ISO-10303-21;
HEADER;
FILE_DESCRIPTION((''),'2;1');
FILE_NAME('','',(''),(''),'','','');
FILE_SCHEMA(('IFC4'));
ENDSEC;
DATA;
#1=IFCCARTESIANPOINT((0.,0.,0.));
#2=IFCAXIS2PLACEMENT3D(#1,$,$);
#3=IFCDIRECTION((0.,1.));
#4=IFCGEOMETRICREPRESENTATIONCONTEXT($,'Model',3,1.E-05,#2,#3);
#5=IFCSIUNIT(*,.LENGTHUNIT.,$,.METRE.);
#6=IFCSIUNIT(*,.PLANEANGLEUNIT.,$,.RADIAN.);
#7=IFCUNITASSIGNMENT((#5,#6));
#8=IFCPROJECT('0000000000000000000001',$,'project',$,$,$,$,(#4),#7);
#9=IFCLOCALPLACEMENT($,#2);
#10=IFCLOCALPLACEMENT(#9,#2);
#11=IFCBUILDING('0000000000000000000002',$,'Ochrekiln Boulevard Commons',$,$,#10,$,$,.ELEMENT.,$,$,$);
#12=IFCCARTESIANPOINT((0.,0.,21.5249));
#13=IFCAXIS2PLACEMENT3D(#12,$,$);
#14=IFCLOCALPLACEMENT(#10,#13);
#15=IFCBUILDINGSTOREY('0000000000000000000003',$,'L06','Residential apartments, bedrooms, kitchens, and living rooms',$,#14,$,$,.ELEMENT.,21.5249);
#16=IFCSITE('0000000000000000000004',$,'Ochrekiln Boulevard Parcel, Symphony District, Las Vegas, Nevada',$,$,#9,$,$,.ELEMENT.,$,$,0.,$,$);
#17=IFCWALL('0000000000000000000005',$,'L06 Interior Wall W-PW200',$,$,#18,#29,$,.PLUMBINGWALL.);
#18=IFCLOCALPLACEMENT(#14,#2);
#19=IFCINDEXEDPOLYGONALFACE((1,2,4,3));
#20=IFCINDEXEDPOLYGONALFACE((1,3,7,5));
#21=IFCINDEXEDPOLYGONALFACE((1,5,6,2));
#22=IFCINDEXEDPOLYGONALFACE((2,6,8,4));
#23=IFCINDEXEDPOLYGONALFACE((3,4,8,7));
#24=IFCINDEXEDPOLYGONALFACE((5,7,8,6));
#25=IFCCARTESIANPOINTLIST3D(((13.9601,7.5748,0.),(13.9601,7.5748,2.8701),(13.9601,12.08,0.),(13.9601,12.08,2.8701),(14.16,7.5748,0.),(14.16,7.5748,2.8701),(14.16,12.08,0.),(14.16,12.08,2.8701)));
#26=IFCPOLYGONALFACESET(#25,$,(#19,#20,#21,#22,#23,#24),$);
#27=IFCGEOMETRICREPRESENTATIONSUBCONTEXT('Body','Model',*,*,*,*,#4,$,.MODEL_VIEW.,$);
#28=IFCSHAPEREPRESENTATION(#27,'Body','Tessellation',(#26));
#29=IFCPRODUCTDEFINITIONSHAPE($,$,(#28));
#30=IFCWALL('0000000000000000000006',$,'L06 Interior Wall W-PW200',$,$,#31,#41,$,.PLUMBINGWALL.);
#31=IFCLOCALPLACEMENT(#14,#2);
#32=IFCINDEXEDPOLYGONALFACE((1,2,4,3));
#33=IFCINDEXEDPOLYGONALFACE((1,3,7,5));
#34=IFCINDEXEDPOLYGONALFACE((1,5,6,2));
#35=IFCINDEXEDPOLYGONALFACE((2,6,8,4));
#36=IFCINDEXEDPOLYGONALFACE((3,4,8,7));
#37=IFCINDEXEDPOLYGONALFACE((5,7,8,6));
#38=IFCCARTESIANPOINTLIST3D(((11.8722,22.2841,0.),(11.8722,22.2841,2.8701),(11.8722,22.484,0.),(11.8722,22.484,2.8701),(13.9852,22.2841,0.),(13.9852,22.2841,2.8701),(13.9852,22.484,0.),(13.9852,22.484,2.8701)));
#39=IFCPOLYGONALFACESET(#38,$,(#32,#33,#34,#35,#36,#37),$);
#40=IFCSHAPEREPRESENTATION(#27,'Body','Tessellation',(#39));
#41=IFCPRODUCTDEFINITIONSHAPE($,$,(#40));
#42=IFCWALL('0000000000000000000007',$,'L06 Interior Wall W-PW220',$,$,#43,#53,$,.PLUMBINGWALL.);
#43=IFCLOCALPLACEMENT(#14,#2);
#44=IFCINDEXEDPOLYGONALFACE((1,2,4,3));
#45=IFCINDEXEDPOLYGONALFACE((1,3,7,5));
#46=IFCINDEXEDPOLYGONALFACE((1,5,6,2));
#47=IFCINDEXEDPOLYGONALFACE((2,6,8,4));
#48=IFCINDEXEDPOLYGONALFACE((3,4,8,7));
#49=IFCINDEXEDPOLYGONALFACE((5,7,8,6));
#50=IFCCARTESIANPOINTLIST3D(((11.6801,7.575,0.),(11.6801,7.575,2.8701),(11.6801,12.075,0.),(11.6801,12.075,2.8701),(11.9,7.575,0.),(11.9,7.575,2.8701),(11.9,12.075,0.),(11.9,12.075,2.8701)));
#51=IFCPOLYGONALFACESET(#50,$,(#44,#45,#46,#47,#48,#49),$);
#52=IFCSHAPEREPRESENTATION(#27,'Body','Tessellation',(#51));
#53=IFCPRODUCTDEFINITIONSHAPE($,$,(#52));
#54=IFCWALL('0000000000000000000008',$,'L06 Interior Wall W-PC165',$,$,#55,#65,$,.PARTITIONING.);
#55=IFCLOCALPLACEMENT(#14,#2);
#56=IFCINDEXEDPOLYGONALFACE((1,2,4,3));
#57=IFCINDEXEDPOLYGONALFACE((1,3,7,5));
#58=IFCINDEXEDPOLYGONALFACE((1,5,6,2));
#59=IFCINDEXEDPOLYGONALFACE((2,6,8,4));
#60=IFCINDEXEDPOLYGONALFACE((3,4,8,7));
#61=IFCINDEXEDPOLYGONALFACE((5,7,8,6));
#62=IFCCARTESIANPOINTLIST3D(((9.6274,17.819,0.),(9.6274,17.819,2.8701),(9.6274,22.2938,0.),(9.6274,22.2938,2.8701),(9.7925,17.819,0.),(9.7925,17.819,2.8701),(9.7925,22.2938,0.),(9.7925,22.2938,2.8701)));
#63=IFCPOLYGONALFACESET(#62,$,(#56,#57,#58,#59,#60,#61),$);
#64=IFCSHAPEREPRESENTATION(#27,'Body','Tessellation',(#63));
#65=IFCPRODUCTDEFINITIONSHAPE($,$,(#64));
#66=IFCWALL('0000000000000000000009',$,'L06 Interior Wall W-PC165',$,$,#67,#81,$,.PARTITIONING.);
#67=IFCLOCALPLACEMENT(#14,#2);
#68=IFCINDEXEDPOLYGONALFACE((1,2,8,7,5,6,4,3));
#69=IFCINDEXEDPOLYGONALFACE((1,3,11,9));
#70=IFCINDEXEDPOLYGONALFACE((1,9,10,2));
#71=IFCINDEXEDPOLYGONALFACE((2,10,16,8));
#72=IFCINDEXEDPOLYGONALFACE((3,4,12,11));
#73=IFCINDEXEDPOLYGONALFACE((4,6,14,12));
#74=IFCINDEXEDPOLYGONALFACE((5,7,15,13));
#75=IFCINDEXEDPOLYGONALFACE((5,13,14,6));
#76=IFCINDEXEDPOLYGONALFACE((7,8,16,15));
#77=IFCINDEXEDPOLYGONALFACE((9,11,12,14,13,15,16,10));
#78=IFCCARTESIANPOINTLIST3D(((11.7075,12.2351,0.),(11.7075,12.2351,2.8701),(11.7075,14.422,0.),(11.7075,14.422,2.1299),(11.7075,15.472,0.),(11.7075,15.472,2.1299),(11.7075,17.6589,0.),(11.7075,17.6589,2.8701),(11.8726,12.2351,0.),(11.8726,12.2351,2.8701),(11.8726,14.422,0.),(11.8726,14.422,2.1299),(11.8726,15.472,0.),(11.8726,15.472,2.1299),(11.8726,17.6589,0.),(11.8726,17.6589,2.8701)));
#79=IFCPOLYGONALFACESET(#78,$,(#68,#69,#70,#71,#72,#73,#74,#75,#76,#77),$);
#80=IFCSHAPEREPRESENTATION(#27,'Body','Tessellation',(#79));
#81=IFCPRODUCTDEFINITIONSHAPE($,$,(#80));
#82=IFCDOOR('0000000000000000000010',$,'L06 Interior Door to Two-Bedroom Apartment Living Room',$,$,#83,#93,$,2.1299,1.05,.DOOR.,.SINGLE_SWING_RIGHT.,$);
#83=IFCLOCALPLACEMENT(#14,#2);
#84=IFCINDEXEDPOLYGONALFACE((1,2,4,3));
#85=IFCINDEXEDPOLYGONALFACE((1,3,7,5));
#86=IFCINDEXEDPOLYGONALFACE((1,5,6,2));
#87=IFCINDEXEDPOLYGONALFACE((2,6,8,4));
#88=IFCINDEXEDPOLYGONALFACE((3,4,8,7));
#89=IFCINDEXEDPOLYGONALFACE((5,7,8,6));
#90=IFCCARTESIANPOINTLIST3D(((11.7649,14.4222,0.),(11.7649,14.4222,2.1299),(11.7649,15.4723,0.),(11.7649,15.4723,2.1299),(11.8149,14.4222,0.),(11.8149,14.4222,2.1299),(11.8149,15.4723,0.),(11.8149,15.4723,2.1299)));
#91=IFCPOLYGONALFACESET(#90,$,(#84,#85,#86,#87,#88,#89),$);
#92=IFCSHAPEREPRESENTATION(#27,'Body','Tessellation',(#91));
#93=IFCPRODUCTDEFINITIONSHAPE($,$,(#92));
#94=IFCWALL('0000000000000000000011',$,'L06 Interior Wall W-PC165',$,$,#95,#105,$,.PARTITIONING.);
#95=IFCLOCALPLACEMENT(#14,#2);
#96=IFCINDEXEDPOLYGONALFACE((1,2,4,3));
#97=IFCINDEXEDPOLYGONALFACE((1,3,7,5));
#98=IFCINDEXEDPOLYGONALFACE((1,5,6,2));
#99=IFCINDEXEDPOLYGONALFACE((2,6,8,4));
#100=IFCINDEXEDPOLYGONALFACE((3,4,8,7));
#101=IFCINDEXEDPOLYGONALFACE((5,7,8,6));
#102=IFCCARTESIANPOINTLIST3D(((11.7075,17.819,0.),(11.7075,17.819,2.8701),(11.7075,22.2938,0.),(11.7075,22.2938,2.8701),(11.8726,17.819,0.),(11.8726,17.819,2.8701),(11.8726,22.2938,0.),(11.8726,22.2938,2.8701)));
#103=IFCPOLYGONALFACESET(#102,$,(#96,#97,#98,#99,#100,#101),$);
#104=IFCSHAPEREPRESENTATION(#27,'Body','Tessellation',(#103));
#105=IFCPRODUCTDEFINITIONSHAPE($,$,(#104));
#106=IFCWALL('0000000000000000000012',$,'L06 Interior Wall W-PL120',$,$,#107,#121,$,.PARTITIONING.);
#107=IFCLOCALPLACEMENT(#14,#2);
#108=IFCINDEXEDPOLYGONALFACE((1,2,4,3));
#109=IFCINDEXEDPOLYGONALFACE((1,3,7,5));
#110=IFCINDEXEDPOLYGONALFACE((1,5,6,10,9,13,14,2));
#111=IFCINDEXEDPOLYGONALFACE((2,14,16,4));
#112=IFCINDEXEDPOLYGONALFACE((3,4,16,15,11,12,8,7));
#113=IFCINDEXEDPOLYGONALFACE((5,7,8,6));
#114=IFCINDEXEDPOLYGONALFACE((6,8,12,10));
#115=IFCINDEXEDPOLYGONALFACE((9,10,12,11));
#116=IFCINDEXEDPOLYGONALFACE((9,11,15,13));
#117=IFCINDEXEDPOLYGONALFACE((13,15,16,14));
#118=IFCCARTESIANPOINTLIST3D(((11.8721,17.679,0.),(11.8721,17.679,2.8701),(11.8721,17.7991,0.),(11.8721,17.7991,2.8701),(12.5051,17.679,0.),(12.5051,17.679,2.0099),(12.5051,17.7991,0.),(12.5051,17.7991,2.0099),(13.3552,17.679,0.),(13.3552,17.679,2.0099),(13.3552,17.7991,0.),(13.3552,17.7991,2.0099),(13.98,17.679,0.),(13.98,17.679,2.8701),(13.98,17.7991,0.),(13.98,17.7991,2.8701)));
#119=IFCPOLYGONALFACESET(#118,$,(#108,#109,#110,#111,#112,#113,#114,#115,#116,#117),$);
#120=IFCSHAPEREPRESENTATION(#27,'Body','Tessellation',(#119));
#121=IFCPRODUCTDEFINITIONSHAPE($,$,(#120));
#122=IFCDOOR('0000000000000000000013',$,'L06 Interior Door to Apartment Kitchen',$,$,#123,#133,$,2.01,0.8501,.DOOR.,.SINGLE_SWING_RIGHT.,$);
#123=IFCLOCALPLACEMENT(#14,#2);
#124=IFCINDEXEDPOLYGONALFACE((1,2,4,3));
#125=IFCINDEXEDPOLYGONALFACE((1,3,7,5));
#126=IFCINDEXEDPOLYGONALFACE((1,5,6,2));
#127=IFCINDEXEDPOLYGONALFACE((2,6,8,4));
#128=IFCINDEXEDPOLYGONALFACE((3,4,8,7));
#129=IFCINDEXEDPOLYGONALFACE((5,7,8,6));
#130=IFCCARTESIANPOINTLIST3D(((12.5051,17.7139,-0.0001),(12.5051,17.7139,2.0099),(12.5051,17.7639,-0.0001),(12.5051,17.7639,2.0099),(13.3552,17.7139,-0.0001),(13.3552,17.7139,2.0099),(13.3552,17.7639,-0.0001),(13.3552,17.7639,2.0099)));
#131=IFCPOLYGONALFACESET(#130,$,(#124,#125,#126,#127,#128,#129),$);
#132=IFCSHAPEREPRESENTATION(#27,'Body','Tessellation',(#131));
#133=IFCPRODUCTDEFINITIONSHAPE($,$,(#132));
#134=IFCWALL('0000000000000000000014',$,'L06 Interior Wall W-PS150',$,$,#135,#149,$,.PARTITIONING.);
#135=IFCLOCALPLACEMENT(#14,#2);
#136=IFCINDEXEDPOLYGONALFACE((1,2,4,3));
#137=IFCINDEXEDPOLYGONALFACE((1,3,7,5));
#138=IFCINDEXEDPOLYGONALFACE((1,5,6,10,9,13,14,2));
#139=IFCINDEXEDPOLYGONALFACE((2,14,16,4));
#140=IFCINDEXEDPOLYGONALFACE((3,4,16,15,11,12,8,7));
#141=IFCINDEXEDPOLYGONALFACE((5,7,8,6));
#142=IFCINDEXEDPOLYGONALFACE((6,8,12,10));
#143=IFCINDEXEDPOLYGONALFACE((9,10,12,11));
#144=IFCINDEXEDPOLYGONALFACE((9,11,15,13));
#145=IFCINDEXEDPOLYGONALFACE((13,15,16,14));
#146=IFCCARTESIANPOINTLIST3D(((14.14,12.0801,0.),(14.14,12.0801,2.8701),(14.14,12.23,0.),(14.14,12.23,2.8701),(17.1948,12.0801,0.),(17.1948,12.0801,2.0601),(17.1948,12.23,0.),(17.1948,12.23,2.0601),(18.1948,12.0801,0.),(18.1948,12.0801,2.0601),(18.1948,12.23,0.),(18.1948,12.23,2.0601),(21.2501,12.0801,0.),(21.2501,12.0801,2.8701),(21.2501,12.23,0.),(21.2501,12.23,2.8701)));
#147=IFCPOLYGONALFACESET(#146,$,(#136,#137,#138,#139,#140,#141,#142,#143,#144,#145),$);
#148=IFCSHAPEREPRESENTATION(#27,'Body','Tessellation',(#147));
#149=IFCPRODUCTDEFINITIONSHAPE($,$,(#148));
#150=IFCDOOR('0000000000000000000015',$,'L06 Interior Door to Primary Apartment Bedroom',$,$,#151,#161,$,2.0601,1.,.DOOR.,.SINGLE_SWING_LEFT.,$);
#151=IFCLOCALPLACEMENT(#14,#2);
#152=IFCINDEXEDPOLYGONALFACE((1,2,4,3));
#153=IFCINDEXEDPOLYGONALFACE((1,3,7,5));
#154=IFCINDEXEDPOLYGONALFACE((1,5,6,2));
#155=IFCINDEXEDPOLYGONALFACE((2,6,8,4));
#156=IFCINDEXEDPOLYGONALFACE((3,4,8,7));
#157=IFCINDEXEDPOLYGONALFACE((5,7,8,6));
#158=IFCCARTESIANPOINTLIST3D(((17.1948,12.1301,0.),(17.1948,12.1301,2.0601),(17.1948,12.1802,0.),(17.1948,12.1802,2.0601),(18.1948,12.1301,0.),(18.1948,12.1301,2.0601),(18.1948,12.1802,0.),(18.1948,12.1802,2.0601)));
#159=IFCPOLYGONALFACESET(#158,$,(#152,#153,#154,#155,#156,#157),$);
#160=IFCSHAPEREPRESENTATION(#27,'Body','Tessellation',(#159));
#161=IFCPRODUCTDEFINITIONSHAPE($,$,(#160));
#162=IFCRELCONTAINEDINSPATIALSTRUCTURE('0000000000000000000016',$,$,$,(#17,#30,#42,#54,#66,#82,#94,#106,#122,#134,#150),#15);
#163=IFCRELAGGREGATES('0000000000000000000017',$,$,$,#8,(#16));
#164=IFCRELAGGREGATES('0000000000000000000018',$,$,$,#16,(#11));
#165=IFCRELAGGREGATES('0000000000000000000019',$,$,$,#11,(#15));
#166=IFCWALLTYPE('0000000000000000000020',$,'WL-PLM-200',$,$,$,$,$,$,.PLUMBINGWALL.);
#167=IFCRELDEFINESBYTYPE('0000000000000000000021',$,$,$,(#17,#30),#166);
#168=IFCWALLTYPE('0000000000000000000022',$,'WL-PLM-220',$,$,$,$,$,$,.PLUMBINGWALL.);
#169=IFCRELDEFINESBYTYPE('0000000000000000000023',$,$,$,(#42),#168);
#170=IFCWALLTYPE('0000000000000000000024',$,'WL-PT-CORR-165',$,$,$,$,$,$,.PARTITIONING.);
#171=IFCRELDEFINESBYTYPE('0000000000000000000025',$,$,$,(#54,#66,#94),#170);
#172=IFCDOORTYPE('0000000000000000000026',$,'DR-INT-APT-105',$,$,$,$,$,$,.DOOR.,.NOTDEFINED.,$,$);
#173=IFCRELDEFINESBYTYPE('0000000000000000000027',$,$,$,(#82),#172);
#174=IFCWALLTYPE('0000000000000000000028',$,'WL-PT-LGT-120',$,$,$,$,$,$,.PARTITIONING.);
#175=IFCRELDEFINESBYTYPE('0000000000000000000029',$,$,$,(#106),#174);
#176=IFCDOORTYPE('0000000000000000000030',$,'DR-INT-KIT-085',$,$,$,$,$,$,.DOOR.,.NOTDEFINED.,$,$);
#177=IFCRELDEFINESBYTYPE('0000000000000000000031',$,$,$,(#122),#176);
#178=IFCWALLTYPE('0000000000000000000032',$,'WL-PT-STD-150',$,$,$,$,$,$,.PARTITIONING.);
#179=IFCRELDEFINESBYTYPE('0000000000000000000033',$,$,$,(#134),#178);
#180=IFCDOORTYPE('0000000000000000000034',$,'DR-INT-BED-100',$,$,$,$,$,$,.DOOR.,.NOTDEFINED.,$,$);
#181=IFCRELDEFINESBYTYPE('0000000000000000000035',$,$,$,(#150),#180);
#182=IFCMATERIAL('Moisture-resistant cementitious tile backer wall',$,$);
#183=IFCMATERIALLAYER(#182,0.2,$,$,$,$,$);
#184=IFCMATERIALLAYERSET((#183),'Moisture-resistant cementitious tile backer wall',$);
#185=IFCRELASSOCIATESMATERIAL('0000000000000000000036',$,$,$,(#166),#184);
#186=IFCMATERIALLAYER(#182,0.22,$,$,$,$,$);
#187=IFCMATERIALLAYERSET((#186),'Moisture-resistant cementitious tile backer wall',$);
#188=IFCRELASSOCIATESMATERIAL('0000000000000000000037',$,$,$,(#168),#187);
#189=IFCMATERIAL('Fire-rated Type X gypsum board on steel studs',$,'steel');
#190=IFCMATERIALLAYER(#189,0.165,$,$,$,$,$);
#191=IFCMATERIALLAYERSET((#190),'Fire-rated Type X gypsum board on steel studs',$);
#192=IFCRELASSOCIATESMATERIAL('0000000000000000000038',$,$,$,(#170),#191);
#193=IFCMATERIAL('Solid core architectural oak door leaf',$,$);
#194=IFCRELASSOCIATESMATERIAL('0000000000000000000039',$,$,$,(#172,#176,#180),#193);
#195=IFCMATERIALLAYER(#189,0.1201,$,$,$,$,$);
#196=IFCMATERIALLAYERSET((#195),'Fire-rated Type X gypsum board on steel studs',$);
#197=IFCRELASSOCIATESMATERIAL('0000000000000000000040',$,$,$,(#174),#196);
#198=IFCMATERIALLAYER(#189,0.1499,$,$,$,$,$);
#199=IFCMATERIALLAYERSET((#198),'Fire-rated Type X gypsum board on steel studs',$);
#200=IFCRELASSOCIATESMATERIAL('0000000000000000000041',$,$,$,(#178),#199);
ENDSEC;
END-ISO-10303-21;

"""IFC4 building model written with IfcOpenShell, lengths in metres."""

from ifc_helpers import new_model, si_unit, direction, frame, frame_2d, origin, place, context, subcontext, project, spatial, rectangle, extrude, material, layer, layer_set, type_object, element, fill, save


model = new_model("IFC4")

# Units and contexts
model_context = context("Model", 3, precision=1e-05, world=origin(), true_north=direction((0.0, 1.0)))
body_context = subcontext(model_context, "Body", "Model", "MODEL_VIEW")
ifc_project = project(units=[si_unit("LENGTHUNIT", "METRE"), si_unit("PLANEANGLEUNIT", "RADIAN")], contexts=[model_context])

# Site, building, storey
site_placement = place(None, origin())
site = spatial("IfcSite", under=ifc_project, at=site_placement, Name="Ochrekiln Boulevard Parcel, Symphony District, Las Vegas, Nevada", CompositionType="ELEMENT", RefElevation=0.0)
building_placement = place(site_placement, origin())
building = spatial("IfcBuilding", under=site, at=building_placement, Name="Ochrekiln Boulevard Commons", CompositionType="ELEMENT")
storey_placement = place(building_placement, frame((0.0, 0.0, 21.5249)))
storey = spatial("IfcBuildingStorey", under=building, at=storey_placement, Name="L06", Description="Residential apartments, bedrooms, kitchens, and living rooms", CompositionType="ELEMENT", Elevation=21.5249)

# Shared definitions
ifc_material_1 = material(Name="Moisture-resistant cementitious tile backer wall")
ifc_layer_1 = layer(ifc_material_1, 0.2)
ifc_layer_set_1 = layer_set([ifc_layer_1], Name="Moisture-resistant cementitious tile backer wall")
wall_type_1 = type_object("IfcWallType", Name="WL-PLM-200", PredefinedType="PLUMBINGWALL", material=ifc_layer_set_1)

# Shared definitions
ifc_material_2 = material(Name="Solid core architectural oak door leaf")

# Walls
wall_1_placement = place(storey_placement, frame((14.0601, 7.575, 0.0), z_axis=(0.0, 0.0, 1.0), x_axis=(0.0, 1.0, 0.0)))
element("IfcWall", 1, at=wall_1_placement, inside=storey, type_object=wall_type_1, Name="L06 Interior Wall W-PW200", PredefinedType="PLUMBINGWALL", context=body_context, shape_type="SweptSolid", body=[
    extrude(rectangle(XDim=4.5051, YDim=0.2, at=frame_2d((2.2524, 0.0))), origin(), (0.0, 0.0, 1.0), 2.8701),
])
wall_2_placement = place(storey_placement, frame((11.8721, 22.384, 0.0), z_axis=(0.0, 0.0, 1.0), x_axis=(1.0, 0.0, 0.0)))
element("IfcWall", 2, at=wall_2_placement, inside=storey, type_object=wall_type_1, Name="L06 Interior Wall W-PW200", PredefinedType="PLUMBINGWALL", context=body_context, shape_type="SweptSolid", body=[
    extrude(rectangle(XDim=2.113, YDim=0.2, at=frame_2d((1.0566, 0.0))), origin(), (0.0, 0.0, 1.0), 2.8701),
])
ifc_layer_2 = layer(ifc_material_1, 0.22)
ifc_layer_set_2 = layer_set([ifc_layer_2], Name="Moisture-resistant cementitious tile backer wall")
wall_type_2 = type_object("IfcWallType", Name="WL-PLM-220", PredefinedType="PLUMBINGWALL", material=ifc_layer_set_2)
wall_3_placement = place(storey_placement, frame((11.79, 7.575, 0.0), z_axis=(0.0, 0.0, 1.0), x_axis=(0.0, 1.0, 0.0)))
element("IfcWall", 3, at=wall_3_placement, inside=storey, type_object=wall_type_2, Name="L06 Interior Wall W-PW220", PredefinedType="PLUMBINGWALL", context=body_context, shape_type="SweptSolid", body=[
    extrude(rectangle(XDim=4.5, YDim=0.22, at=frame_2d((2.25, 0.0))), origin(), (0.0, 0.0, 1.0), 2.8701),
])
ifc_material_3 = material(Name="Fire-rated Type X gypsum board on steel studs", Category="steel")
ifc_layer_3 = layer(ifc_material_3, 0.165)
ifc_layer_set_3 = layer_set([ifc_layer_3], Name="Fire-rated Type X gypsum board on steel studs")
wall_type_3 = type_object("IfcWallType", Name="WL-PT-CORR-165", PredefinedType="PARTITIONING", material=ifc_layer_set_3)
wall_4_placement = place(storey_placement, frame((9.71, 17.8191, 0.0), z_axis=(0.0, 0.0, 1.0), x_axis=(0.0, 1.0, 0.0)))
element("IfcWall", 4, at=wall_4_placement, inside=storey, type_object=wall_type_3, Name="L06 Interior Wall W-PC165", PredefinedType="PARTITIONING", context=body_context, shape_type="SweptSolid", body=[
    extrude(rectangle(XDim=4.4749, YDim=0.165, at=frame_2d((2.2373, 0.0))), origin(), (0.0, 0.0, 1.0), 2.8701),
])

# Wall, opening, door
wall_5_placement = place(storey_placement, frame((11.79, 12.2351, 0.0), z_axis=(0.0, 0.0, 1.0), x_axis=(0.0, 1.0, 0.0)))
wall_5 = element("IfcWall", 5, at=wall_5_placement, inside=storey, type_object=wall_type_3, Name="L06 Interior Wall W-PC165", PredefinedType="PARTITIONING", context=body_context, shape_type="SweptSolid", body=[
    extrude(rectangle(XDim=5.4238, YDim=0.165, at=frame_2d((2.7119, 0.0))), origin(), (0.0, 0.0, 1.0), 2.8701),
])
opening_1_placement = place(wall_5_placement, frame((2.187, 0.0, 0.0)))
opening_1 = element("IfcOpeningElement", 6, at=opening_1_placement, cuts=wall_5, PredefinedType="OPENING", context=body_context, shape_type="SweptSolid", body=[
    extrude(rectangle(XDim=1.05, YDim=2.1299, at=frame_2d((0.5249, 1.0649))), frame((0.0, 0.0925, 0.0), z_axis=(0.0, -1.0, 0.0), x_axis=(1.0, 0.0, 0.0)), (0.0, 0.0, 1.0), 0.1851),
])
door_type_1 = type_object("IfcDoorType", Name="DR-INT-APT-105", OperationType="NOTDEFINED", PredefinedType="DOOR", material=ifc_material_2)
door_1_placement = place(opening_1_placement, frame((1.05, 0.0, 0.0), z_axis=(0.0, 0.0, 1.0), x_axis=(-1.0, 0.0, 0.0)))
door_1 = element("IfcDoor", 7, at=door_1_placement, inside=storey, type_object=door_type_1, Name="L06 Interior Door to Two-Bedroom Apartment Living Room", OperationType="SINGLE_SWING_RIGHT", OverallHeight=2.1299, OverallWidth=1.05, PredefinedType="DOOR", context=body_context, shape_type="SweptSolid", body=[
    extrude(rectangle(XDim=1.05, YDim=2.1299, at=frame_2d((0.5249, 1.0649))), frame((0.0, 0.0249, 0.0), z_axis=(0.0, -1.0, 0.0), x_axis=(1.0, 0.0, 0.0)), (0.0, 0.0, 1.0), 0.05),
])
fill(opening_1, door_1)

# Wall
wall_6_placement = place(storey_placement, frame((11.79, 17.8191, 0.0), z_axis=(0.0, 0.0, 1.0), x_axis=(0.0, 1.0, 0.0)))
element("IfcWall", 8, at=wall_6_placement, inside=storey, type_object=wall_type_3, Name="L06 Interior Wall W-PC165", PredefinedType="PARTITIONING", context=body_context, shape_type="SweptSolid", body=[
    extrude(rectangle(XDim=4.4749, YDim=0.165, at=frame_2d((2.2373, 0.0))), origin(), (0.0, 0.0, 1.0), 2.8701),
])

# Walls, openings, doors
ifc_layer_4 = layer(ifc_material_3, 0.1201)
ifc_layer_set_4 = layer_set([ifc_layer_4], Name="Fire-rated Type X gypsum board on steel studs")
wall_type_4 = type_object("IfcWallType", Name="WL-PT-LGT-120", PredefinedType="PARTITIONING", material=ifc_layer_set_4)
wall_7_placement = place(storey_placement, frame((11.8721, 17.739, 0.0), z_axis=(0.0, 0.0, 1.0), x_axis=(1.0, 0.0, 0.0)))
wall_7 = element("IfcWall", 9, at=wall_7_placement, inside=storey, type_object=wall_type_4, Name="L06 Interior Wall W-PL120", PredefinedType="PARTITIONING", context=body_context, shape_type="SweptSolid", body=[
    extrude(rectangle(XDim=2.1079, YDim=0.1201, at=frame_2d((1.054, 0.0))), origin(), (0.0, 0.0, 1.0), 2.8701),
])
opening_2_placement = place(wall_7_placement, frame((0.6331, 0.0, 0.0)))
opening_2 = element("IfcOpeningElement", 10, at=opening_2_placement, cuts=wall_7, PredefinedType="OPENING", context=body_context, shape_type="SweptSolid", body=[
    extrude(rectangle(XDim=0.8501, YDim=2.01, at=frame_2d((0.425, 1.0049))), frame((0.0, 0.0701, 0.0), z_axis=(0.0, -1.0, 0.0), x_axis=(1.0, 0.0, 0.0)), (0.0, 0.0, 1.0), 0.1401),
])
door_type_2 = type_object("IfcDoorType", Name="DR-INT-KIT-085", OperationType="NOTDEFINED", PredefinedType="DOOR", material=ifc_material_2)
door_2_placement = place(opening_2_placement, origin())
door_2 = element("IfcDoor", 11, at=door_2_placement, inside=storey, type_object=door_type_2, Name="L06 Interior Door to Apartment Kitchen", OperationType="SINGLE_SWING_RIGHT", OverallHeight=2.01, OverallWidth=0.8501, PredefinedType="DOOR", context=body_context, shape_type="SweptSolid", body=[
    extrude(rectangle(XDim=0.8501, YDim=2.01, at=frame_2d((0.425, 1.0049))), frame((0.0, 0.0249, 0.0), z_axis=(0.0, -1.0, 0.0), x_axis=(1.0, 0.0, 0.0)), (0.0, 0.0, 1.0), 0.05),
])
fill(opening_2, door_2)
ifc_layer_5 = layer(ifc_material_3, 0.1499)
ifc_layer_set_5 = layer_set([ifc_layer_5], Name="Fire-rated Type X gypsum board on steel studs")
wall_type_5 = type_object("IfcWallType", Name="WL-PT-STD-150", PredefinedType="PARTITIONING", material=ifc_layer_set_5)
wall_8_placement = place(storey_placement, frame((14.1399, 12.155, 0.0), z_axis=(0.0, 0.0, 1.0), x_axis=(1.0, 0.0, 0.0)))
wall_8 = element("IfcWall", 12, at=wall_8_placement, inside=storey, type_object=wall_type_5, Name="L06 Interior Wall W-PS150", PredefinedType="PARTITIONING", context=body_context, shape_type="SweptSolid", body=[
    extrude(rectangle(XDim=7.1101, YDim=0.1499, at=frame_2d((3.5552, 0.0))), origin(), (0.0, 0.0, 1.0), 2.8701),
])
opening_3_placement = place(wall_8_placement, frame((3.0549, 0.0, 0.0)))
opening_3 = element("IfcOpeningElement", 13, at=opening_3_placement, cuts=wall_8, PredefinedType="OPENING", context=body_context, shape_type="SweptSolid", body=[
    extrude(rectangle(XDim=1.0, YDim=2.0601, at=frame_2d((0.5, 1.03))), frame((0.0, 0.085, 0.0), z_axis=(0.0, -1.0, 0.0), x_axis=(1.0, 0.0, 0.0)), (0.0, 0.0, 1.0), 0.1699),
])
door_type_3 = type_object("IfcDoorType", Name="DR-INT-BED-100", OperationType="NOTDEFINED", PredefinedType="DOOR", material=ifc_material_2)
door_3_placement = place(opening_3_placement, frame((1.0, 0.0, 0.0), z_axis=(0.0, 0.0, 1.0), x_axis=(-1.0, 0.0, 0.0)))
door_3 = element("IfcDoor", 14, at=door_3_placement, inside=storey, type_object=door_type_3, Name="L06 Interior Door to Primary Apartment Bedroom", OperationType="SINGLE_SWING_LEFT", OverallHeight=2.0601, OverallWidth=1.0, PredefinedType="DOOR", context=body_context, shape_type="SweptSolid", body=[
    extrude(rectangle(XDim=1.0, YDim=2.0601, at=frame_2d((0.5, 1.03))), frame((0.0, 0.0249, 0.0), z_axis=(0.0, -1.0, 0.0), x_axis=(1.0, 0.0, 0.0)), (0.0, 0.0, 1.0), 0.05),
])
fill(opening_3, door_3)

save(model, "model.ifc")
